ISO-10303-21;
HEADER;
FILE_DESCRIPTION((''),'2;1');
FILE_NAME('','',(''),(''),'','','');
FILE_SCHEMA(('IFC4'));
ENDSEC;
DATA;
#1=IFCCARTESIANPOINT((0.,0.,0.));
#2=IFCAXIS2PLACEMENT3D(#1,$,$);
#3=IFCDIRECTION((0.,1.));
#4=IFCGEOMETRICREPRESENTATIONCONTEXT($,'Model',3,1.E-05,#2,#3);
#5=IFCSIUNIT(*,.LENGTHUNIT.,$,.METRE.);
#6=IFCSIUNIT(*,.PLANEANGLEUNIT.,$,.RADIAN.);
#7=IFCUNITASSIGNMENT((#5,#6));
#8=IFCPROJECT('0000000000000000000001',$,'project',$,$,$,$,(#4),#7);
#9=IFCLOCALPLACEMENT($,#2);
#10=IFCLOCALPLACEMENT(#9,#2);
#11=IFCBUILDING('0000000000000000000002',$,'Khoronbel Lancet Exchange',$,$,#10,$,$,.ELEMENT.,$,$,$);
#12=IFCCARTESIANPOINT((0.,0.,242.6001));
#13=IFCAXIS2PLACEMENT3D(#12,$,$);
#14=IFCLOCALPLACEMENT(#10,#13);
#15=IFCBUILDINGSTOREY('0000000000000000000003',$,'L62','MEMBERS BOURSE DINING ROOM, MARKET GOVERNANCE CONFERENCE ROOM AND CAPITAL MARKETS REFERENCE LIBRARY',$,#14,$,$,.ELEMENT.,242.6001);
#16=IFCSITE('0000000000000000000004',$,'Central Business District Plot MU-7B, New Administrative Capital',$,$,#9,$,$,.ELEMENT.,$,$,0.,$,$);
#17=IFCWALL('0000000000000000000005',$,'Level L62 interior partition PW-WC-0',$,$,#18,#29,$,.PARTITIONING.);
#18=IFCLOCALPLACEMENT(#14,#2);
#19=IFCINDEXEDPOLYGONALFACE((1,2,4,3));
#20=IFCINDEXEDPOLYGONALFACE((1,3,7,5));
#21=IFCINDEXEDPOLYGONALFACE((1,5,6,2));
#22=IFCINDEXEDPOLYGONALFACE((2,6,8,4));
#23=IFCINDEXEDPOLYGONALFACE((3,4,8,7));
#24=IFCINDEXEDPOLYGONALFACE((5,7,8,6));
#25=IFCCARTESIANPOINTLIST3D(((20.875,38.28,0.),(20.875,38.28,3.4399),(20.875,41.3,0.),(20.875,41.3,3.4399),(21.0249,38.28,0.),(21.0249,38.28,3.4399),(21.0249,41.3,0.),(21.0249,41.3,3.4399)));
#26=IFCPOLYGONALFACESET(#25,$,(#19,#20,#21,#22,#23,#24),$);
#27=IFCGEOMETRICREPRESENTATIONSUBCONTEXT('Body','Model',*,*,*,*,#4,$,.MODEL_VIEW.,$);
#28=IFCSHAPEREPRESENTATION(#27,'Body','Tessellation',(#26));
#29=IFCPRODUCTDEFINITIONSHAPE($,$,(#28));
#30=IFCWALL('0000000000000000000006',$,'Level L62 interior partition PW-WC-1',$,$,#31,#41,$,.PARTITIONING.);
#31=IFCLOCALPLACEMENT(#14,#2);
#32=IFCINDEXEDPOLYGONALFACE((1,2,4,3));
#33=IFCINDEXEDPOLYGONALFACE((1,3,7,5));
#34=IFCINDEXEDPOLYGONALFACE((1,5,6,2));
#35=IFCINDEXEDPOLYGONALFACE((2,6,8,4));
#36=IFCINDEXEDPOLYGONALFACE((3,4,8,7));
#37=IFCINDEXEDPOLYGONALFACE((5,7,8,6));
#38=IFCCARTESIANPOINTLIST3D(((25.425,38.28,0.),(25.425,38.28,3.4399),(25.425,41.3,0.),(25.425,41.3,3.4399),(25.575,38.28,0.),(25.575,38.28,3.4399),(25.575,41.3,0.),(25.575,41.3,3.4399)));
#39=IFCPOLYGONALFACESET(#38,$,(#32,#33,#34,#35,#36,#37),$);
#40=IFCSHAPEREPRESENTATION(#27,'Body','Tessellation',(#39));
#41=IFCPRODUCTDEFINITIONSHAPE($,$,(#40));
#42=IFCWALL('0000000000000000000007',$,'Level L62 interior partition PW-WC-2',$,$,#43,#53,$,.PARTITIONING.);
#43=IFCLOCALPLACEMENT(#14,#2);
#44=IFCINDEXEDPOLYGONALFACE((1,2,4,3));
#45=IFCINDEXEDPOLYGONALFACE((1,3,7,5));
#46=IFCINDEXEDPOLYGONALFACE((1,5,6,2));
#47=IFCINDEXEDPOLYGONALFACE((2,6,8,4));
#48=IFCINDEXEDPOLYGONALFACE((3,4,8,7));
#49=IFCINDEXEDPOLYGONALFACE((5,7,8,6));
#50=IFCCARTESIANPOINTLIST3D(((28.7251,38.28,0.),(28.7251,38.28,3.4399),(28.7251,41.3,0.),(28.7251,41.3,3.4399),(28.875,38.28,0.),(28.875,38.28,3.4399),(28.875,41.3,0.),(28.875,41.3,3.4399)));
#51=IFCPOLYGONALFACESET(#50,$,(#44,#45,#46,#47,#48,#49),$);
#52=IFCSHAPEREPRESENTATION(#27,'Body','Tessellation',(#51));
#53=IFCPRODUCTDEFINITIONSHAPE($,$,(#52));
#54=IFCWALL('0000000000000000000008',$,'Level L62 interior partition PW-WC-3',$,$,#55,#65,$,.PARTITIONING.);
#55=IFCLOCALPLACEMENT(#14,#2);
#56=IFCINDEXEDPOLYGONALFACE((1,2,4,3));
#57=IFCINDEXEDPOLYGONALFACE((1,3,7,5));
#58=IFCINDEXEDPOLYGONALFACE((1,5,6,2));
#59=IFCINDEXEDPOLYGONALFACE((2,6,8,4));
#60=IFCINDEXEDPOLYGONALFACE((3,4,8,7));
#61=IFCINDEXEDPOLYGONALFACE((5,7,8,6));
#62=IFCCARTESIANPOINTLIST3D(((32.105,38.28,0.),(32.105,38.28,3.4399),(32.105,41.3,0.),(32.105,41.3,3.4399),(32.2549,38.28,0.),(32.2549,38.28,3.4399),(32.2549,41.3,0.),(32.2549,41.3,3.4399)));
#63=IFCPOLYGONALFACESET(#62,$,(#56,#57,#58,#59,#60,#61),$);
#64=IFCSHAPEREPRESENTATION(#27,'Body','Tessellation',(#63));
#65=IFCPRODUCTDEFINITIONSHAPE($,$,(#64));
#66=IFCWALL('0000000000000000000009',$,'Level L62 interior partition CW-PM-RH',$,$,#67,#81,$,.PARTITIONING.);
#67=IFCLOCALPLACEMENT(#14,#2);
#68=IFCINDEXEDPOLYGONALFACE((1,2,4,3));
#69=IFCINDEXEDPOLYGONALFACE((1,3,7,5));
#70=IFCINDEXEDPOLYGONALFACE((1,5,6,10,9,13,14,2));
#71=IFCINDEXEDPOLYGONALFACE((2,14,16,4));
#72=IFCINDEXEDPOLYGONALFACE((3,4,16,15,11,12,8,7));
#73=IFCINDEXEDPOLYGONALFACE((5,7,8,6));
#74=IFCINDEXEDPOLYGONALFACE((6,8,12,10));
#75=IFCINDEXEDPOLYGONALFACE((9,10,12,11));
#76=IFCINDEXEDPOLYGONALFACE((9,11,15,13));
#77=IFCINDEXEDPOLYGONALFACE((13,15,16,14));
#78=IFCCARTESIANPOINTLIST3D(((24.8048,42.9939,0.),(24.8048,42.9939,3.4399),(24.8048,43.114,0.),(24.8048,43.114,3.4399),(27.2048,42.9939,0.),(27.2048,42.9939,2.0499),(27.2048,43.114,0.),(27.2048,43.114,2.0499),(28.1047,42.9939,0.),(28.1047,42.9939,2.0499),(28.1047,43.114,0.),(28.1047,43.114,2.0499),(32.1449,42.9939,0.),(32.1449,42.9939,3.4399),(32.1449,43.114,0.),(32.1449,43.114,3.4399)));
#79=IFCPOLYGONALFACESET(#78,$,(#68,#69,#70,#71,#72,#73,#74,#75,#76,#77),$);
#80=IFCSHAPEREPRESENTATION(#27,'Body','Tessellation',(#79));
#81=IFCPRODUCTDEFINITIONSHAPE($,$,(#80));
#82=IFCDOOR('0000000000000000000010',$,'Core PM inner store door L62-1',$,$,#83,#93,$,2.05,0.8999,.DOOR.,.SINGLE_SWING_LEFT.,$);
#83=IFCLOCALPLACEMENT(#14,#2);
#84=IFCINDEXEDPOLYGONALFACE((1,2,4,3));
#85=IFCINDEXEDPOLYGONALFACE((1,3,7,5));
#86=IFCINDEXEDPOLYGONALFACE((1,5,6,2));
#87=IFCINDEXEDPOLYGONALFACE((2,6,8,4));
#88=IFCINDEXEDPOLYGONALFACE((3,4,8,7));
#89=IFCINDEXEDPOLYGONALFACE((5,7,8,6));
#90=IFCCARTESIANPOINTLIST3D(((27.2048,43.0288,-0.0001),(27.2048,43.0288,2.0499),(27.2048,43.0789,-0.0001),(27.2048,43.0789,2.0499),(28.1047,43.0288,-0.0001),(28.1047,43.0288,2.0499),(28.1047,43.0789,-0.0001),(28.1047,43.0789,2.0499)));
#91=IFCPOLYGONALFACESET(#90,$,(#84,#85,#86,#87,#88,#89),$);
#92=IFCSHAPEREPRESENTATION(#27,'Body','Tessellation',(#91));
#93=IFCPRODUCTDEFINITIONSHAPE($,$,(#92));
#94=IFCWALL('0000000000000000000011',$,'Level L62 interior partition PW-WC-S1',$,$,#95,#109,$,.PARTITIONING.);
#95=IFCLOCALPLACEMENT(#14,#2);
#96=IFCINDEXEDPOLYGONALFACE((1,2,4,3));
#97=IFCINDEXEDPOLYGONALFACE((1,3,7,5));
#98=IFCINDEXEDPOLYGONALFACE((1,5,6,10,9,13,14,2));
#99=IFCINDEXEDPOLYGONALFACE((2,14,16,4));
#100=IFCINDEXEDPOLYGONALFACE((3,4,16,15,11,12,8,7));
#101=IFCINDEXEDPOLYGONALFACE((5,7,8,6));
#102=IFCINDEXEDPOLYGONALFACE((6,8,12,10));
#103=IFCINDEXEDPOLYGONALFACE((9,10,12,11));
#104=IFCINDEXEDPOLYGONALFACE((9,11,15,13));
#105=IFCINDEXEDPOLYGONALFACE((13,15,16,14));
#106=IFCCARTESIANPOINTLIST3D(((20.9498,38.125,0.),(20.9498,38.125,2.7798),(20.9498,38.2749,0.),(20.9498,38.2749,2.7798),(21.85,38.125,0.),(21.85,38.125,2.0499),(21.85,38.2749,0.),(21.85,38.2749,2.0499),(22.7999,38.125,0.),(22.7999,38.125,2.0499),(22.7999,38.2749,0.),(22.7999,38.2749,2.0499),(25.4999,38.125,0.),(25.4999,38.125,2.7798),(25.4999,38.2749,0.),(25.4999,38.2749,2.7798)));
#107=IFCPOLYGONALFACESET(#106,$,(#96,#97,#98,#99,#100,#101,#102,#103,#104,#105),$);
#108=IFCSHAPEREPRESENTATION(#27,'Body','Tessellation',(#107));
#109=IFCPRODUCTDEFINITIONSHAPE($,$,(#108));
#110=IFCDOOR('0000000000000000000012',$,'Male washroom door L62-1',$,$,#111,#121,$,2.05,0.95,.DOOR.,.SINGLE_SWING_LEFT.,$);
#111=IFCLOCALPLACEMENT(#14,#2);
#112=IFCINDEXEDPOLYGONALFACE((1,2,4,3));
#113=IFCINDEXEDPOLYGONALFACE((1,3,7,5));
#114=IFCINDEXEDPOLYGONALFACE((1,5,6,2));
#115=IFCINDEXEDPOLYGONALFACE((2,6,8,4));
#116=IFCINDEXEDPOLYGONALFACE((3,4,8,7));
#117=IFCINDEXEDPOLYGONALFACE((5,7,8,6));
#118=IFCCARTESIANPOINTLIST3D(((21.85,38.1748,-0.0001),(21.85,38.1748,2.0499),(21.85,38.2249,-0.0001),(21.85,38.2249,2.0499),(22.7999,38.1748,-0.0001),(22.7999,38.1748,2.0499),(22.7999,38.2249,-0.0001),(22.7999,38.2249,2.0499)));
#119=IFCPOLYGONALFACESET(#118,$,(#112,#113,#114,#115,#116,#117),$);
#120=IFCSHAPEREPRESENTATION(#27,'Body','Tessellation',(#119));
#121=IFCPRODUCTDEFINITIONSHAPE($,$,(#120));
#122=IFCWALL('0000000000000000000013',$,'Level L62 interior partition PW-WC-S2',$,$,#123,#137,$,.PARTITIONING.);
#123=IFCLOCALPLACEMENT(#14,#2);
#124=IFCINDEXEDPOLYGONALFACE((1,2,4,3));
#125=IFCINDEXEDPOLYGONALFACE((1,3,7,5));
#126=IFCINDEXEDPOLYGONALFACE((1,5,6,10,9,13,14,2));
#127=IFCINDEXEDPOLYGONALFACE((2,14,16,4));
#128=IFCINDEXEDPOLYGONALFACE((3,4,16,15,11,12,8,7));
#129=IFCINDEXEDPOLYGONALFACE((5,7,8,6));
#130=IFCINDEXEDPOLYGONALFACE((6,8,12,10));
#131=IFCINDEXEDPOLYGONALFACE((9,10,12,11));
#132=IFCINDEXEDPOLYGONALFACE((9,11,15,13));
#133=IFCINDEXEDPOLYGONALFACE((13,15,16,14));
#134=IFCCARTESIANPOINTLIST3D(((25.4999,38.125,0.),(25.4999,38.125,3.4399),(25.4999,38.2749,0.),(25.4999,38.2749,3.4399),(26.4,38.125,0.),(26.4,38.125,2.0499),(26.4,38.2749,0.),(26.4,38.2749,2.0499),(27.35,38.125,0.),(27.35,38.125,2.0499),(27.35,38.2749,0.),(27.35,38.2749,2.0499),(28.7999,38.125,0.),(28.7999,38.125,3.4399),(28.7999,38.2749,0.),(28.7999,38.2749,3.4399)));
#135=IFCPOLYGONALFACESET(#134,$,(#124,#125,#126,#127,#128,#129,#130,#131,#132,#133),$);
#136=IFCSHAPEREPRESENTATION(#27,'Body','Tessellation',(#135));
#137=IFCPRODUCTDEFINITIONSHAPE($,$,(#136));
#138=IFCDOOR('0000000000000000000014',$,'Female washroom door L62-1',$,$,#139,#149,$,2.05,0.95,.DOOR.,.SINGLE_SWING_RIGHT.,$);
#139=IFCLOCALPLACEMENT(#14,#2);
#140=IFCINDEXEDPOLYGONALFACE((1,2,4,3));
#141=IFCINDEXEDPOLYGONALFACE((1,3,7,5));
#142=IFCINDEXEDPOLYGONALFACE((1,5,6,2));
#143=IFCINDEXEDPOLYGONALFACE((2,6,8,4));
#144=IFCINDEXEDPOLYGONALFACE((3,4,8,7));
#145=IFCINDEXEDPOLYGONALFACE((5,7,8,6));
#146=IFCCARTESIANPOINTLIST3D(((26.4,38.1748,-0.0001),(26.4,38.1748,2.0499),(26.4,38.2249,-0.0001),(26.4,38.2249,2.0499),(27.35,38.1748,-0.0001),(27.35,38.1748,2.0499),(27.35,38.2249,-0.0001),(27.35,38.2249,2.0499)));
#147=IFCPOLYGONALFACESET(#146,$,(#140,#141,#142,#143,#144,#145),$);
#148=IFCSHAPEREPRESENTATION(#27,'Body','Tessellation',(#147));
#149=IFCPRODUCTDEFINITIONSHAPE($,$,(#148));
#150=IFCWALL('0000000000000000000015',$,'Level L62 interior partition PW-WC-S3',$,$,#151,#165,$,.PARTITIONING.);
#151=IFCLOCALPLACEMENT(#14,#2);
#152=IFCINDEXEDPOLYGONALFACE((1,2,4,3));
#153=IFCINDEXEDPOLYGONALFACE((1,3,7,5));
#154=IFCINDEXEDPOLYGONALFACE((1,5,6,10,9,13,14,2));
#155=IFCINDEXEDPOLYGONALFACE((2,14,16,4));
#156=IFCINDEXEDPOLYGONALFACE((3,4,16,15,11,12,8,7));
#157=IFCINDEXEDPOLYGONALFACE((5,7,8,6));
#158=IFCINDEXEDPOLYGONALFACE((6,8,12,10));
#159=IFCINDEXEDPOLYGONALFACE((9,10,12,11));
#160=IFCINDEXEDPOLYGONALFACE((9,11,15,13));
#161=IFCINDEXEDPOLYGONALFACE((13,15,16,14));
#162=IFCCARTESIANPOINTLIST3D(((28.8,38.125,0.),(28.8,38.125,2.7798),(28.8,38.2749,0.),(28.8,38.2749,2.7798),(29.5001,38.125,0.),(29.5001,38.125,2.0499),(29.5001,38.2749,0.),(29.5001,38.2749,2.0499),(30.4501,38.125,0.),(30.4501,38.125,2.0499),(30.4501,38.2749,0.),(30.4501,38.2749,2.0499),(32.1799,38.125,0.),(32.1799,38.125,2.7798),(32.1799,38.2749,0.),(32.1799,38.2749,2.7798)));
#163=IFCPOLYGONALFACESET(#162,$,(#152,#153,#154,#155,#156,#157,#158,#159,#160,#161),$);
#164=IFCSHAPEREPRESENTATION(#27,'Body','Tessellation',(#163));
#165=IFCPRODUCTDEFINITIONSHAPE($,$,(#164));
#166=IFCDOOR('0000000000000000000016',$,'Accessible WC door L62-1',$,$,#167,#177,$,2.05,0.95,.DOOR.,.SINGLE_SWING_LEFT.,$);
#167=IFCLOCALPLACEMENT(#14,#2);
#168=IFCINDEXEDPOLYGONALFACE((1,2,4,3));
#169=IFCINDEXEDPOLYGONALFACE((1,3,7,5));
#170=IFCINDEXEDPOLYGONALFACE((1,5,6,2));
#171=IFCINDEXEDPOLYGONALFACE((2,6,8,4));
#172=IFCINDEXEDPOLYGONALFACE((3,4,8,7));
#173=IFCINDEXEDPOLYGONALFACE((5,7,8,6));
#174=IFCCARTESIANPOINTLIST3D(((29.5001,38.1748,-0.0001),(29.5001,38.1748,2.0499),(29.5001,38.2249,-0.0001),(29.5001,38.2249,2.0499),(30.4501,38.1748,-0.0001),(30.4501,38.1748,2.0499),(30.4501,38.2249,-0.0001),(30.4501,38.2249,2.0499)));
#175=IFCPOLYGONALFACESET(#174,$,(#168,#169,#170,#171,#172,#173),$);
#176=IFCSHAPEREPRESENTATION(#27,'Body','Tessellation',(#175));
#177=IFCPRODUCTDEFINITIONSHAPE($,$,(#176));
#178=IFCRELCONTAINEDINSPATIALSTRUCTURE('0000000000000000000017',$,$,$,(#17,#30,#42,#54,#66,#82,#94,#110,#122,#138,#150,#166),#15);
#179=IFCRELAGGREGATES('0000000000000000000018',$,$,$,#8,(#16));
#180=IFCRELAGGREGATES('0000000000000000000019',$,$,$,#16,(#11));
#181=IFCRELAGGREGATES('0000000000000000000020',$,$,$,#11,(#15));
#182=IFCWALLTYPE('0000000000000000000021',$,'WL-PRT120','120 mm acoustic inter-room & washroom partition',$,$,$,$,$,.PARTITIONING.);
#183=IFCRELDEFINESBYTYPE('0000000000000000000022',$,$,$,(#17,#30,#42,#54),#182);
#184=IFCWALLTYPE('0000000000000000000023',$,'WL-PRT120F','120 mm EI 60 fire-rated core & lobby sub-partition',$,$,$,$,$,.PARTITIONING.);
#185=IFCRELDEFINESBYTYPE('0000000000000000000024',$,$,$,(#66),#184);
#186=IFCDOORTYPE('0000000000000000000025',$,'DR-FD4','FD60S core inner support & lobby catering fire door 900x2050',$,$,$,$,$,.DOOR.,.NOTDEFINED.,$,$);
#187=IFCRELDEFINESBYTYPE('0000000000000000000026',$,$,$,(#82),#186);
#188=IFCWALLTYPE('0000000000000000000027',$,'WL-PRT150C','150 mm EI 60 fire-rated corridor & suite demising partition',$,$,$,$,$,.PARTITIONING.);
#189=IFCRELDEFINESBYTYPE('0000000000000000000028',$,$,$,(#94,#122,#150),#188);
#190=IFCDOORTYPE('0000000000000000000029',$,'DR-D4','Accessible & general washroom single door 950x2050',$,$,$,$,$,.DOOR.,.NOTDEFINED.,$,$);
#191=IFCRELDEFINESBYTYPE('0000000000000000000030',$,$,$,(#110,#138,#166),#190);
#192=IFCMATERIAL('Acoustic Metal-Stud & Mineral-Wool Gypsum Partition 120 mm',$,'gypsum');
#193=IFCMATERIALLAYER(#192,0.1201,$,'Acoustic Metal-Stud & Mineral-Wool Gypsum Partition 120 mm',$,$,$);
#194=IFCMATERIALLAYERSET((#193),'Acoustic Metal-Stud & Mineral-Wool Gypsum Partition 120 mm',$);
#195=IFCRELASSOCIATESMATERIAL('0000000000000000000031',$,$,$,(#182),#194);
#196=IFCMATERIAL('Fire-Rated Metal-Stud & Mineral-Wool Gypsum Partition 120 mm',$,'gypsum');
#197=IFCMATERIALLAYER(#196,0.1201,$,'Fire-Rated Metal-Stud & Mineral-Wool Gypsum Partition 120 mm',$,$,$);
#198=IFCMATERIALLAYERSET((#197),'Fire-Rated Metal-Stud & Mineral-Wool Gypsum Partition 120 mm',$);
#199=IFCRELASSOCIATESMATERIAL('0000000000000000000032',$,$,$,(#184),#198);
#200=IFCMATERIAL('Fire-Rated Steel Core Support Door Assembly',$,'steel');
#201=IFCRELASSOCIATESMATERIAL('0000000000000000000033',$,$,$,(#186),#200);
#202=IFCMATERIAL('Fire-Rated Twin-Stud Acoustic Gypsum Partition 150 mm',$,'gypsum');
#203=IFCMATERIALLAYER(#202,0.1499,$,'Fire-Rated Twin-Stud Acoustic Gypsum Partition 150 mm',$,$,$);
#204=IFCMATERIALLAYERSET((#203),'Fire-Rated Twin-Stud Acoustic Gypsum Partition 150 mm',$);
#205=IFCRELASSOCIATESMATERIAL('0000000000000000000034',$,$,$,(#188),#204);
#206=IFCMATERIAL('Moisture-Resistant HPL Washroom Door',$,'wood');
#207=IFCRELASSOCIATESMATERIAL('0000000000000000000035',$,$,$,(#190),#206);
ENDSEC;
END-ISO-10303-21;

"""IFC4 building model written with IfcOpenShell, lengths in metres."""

from ifc_helpers import new_model, si_unit, direction, frame, frame_2d, origin, place, context, subcontext, project, spatial, rectangle, extrude, material, layer, layer_set, type_object, element, fill, save


model = new_model("IFC4")

# Units and contexts
model_context = context("Model", 3, precision=1e-05, world=origin(), true_north=direction((0.0, 1.0)))
body_context = subcontext(model_context, "Body", "Model", "MODEL_VIEW")
ifc_project = project(units=[si_unit("LENGTHUNIT", "METRE"), si_unit("PLANEANGLEUNIT", "RADIAN")], contexts=[model_context])

# Site, building, storey
site_placement = place(None, origin())
site = spatial("IfcSite", under=ifc_project, at=site_placement, Name="Central Business District Plot MU-7B, New Administrative Capital", CompositionType="ELEMENT", RefElevation=0.0)
building_placement = place(site_placement, origin())
building = spatial("IfcBuilding", under=site, at=building_placement, Name="Khoronbel Lancet Exchange", CompositionType="ELEMENT")
storey_placement = place(building_placement, frame((0.0, 0.0, 242.6001)))
storey = spatial("IfcBuildingStorey", under=building, at=storey_placement, Name="L62", Description="MEMBERS BOURSE DINING ROOM, MARKET GOVERNANCE CONFERENCE ROOM AND CAPITAL MARKETS REFERENCE LIBRARY", CompositionType="ELEMENT", Elevation=242.6001)

# Walls
ifc_material_1 = material(Name="Acoustic Metal-Stud & Mineral-Wool Gypsum Partition 120 mm", Category="gypsum")
ifc_layer_1 = layer(ifc_material_1, 0.1201, Name="Acoustic Metal-Stud & Mineral-Wool Gypsum Partition 120 mm")
ifc_layer_set_1 = layer_set([ifc_layer_1], Name="Acoustic Metal-Stud & Mineral-Wool Gypsum Partition 120 mm")
wall_type_1 = type_object("IfcWallType", Name="WL-PRT120", Description="120 mm acoustic inter-room & washroom partition", PredefinedType="PARTITIONING", material=ifc_layer_set_1)
for number, where, z_axis, x_axis, name in (
    (1, (20.95, 38.28, 0.0), (0.0, 0.0, 1.0), (0.0, 1.0, 0.0), "Level L62 interior partition PW-WC-0"),
    (2, (25.5, 38.28, 0.0), (0.0, 0.0, 1.0), (0.0, 1.0, 0.0), "Level L62 interior partition PW-WC-1"),
    (3, (28.8, 38.28, 0.0), (0.0, 0.0, 1.0), (0.0, 1.0, 0.0), "Level L62 interior partition PW-WC-2"),
    (4, (32.1799, 38.28, 0.0), (0.0, 0.0, 1.0), (0.0, 1.0, 0.0), "Level L62 interior partition PW-WC-3"),
):
    element("IfcWall", number, at=place(storey_placement, frame(where, z_axis=z_axis, x_axis=x_axis)), inside=storey, type_object=wall_type_1, Name=name, PredefinedType="PARTITIONING", context=body_context, shape_type="SweptSolid", body=[
        extrude(rectangle(XDim=3.02, YDim=0.1499, at=frame_2d((1.51, 0.0))), origin(), (0.0, 0.0, 1.0), 3.4399),
    ])

# Walls, openings, doors
ifc_material_2 = material(Name="Fire-Rated Metal-Stud & Mineral-Wool Gypsum Partition 120 mm", Category="gypsum")
ifc_layer_2 = layer(ifc_material_2, 0.1201, Name="Fire-Rated Metal-Stud & Mineral-Wool Gypsum Partition 120 mm")
ifc_layer_set_2 = layer_set([ifc_layer_2], Name="Fire-Rated Metal-Stud & Mineral-Wool Gypsum Partition 120 mm")
wall_type_2 = type_object("IfcWallType", Name="WL-PRT120F", Description="120 mm EI 60 fire-rated core & lobby sub-partition", PredefinedType="PARTITIONING", material=ifc_layer_set_2)
wall_1_placement = place(storey_placement, frame((24.8049, 43.054, 0.0), z_axis=(0.0, 0.0, 1.0), x_axis=(1.0, 0.0, 0.0)))
wall_1 = element("IfcWall", 5, at=wall_1_placement, inside=storey, type_object=wall_type_2, Name="Level L62 interior partition CW-PM-RH", PredefinedType="PARTITIONING", context=body_context, shape_type="SweptSolid", body=[
    extrude(rectangle(XDim=7.3401, YDim=0.1201, at=frame_2d((3.6699, 0.0))), origin(), (0.0, 0.0, 1.0), 3.4399),
])
opening_1_placement = place(wall_1_placement, frame((2.3999, 0.0, 0.0)))
opening_1 = element("IfcOpeningElement", 6, at=opening_1_placement, cuts=wall_1, PredefinedType="OPENING", context=body_context, shape_type="SweptSolid", body=[
    extrude(rectangle(XDim=0.8999, YDim=2.05, at=frame_2d((0.45, 1.0249))), frame((0.0, 0.0701, 0.0), z_axis=(0.0, -1.0, 0.0), x_axis=(1.0, 0.0, 0.0)), (0.0, 0.0, 1.0), 0.1401),
])
ifc_material_3 = material(Name="Fire-Rated Steel Core Support Door Assembly", Category="steel")
door_type_1 = type_object("IfcDoorType", Name="DR-FD4", Description="FD60S core inner support & lobby catering fire door 900x2050", OperationType="NOTDEFINED", PredefinedType="DOOR", material=ifc_material_3)
door_1_placement = place(opening_1_placement, origin())
door_1 = element("IfcDoor", 7, at=door_1_placement, inside=storey, type_object=door_type_1, Name="Core PM inner store door L62-1", OperationType="SINGLE_SWING_LEFT", OverallHeight=2.05, OverallWidth=0.8999, PredefinedType="DOOR", context=body_context, shape_type="SweptSolid", body=[
    extrude(rectangle(XDim=0.8999, YDim=2.05, at=frame_2d((0.45, 1.0249))), frame((0.0, 0.0249, 0.0), z_axis=(0.0, -1.0, 0.0), x_axis=(1.0, 0.0, 0.0)), (0.0, 0.0, 1.0), 0.05),
])
fill(opening_1, door_1)
ifc_material_4 = material(Name="Fire-Rated Twin-Stud Acoustic Gypsum Partition 150 mm", Category="gypsum")
ifc_layer_3 = layer(ifc_material_4, 0.1499, Name="Fire-Rated Twin-Stud Acoustic Gypsum Partition 150 mm")
ifc_layer_set_3 = layer_set([ifc_layer_3], Name="Fire-Rated Twin-Stud Acoustic Gypsum Partition 150 mm")
wall_type_3 = type_object("IfcWallType", Name="WL-PRT150C", Description="150 mm EI 60 fire-rated corridor & suite demising partition", PredefinedType="PARTITIONING", material=ifc_layer_set_3)
wall_2_placement = place(storey_placement, frame((20.95, 38.2, 0.0), z_axis=(0.0, 0.0, 1.0), x_axis=(1.0, 0.0, 0.0)))
wall_2 = element("IfcWall", 8, at=wall_2_placement, inside=storey, type_object=wall_type_3, Name="Level L62 interior partition PW-WC-S1", PredefinedType="PARTITIONING", context=body_context, shape_type="SweptSolid", body=[
    extrude(rectangle(XDim=4.55, YDim=0.1499, at=frame_2d((2.2749, 0.0))), origin(), (0.0, 0.0, 1.0), 2.7798),
])
opening_2_placement = place(wall_2_placement, frame((0.8999, 0.0, 0.0)))
opening_2 = element("IfcOpeningElement", 9, at=opening_2_placement, cuts=wall_2, PredefinedType="OPENING", context=body_context, shape_type="SweptSolid", body=[
    extrude(rectangle(XDim=0.95, YDim=2.05, at=frame_2d((0.4751, 1.0249))), frame((0.0, 0.085, 0.0), z_axis=(0.0, -1.0, 0.0), x_axis=(1.0, 0.0, 0.0)), (0.0, 0.0, 1.0), 0.1699),
])
ifc_material_5 = material(Name="Moisture-Resistant HPL Washroom Door", Category="wood")
door_type_2 = type_object("IfcDoorType", Name="DR-D4", Description="Accessible & general washroom single door 950x2050", OperationType="NOTDEFINED", PredefinedType="DOOR", material=ifc_material_5)
door_2_placement = place(opening_2_placement, origin())
door_2 = element("IfcDoor", 10, at=door_2_placement, inside=storey, type_object=door_type_2, Name="Male washroom door L62-1", OperationType="SINGLE_SWING_LEFT", OverallHeight=2.05, OverallWidth=0.95, PredefinedType="DOOR", context=body_context, shape_type="SweptSolid", body=[
    extrude(rectangle(XDim=0.95, YDim=2.05, at=frame_2d((0.4751, 1.0249))), frame((0.0, 0.0249, 0.0), z_axis=(0.0, -1.0, 0.0), x_axis=(1.0, 0.0, 0.0)), (0.0, 0.0, 1.0), 0.05),
])
fill(opening_2, door_2)
wall_3_placement = place(storey_placement, frame((25.5, 38.2, 0.0), z_axis=(0.0, 0.0, 1.0), x_axis=(1.0, 0.0, 0.0)))
wall_3 = element("IfcWall", 11, at=wall_3_placement, inside=storey, type_object=wall_type_3, Name="Level L62 interior partition PW-WC-S2", PredefinedType="PARTITIONING", context=body_context, shape_type="SweptSolid", body=[
    extrude(rectangle(XDim=3.3, YDim=0.1499, at=frame_2d((1.6499, 0.0))), origin(), (0.0, 0.0, 1.0), 3.4399),
])
opening_3_placement = place(wall_3_placement, frame((0.8999, 0.0, 0.0)))
opening_3 = element("IfcOpeningElement", 12, at=opening_3_placement, cuts=wall_3, PredefinedType="OPENING", context=body_context, shape_type="SweptSolid", body=[
    extrude(rectangle(XDim=0.95, YDim=2.05, at=frame_2d((0.4751, 1.0249))), frame((0.0, 0.085, 0.0), z_axis=(0.0, -1.0, 0.0), x_axis=(1.0, 0.0, 0.0)), (0.0, 0.0, 1.0), 0.1699),
])
door_3_placement = place(opening_3_placement, origin())
door_3 = element("IfcDoor", 13, at=door_3_placement, inside=storey, type_object=door_type_2, Name="Female washroom door L62-1", OperationType="SINGLE_SWING_RIGHT", OverallHeight=2.05, OverallWidth=0.95, PredefinedType="DOOR", context=body_context, shape_type="SweptSolid", body=[
    extrude(rectangle(XDim=0.95, YDim=2.05, at=frame_2d((0.4751, 1.0249))), frame((0.0, 0.0249, 0.0), z_axis=(0.0, -1.0, 0.0), x_axis=(1.0, 0.0, 0.0)), (0.0, 0.0, 1.0), 0.05),
])
fill(opening_3, door_3)
wall_4_placement = place(storey_placement, frame((28.8, 38.2, 0.0), z_axis=(0.0, 0.0, 1.0), x_axis=(1.0, 0.0, 0.0)))
wall_4 = element("IfcWall", 14, at=wall_4_placement, inside=storey, type_object=wall_type_3, Name="Level L62 interior partition PW-WC-S3", PredefinedType="PARTITIONING", context=body_context, shape_type="SweptSolid", body=[
    extrude(rectangle(XDim=3.3799, YDim=0.1499, at=frame_2d((1.6899, 0.0))), origin(), (0.0, 0.0, 1.0), 2.7798),
])
opening_4_placement = place(wall_4_placement, frame((0.7, 0.0, 0.0)))
opening_4 = element("IfcOpeningElement", 15, at=opening_4_placement, cuts=wall_4, PredefinedType="OPENING", context=body_context, shape_type="SweptSolid", body=[
    extrude(rectangle(XDim=0.95, YDim=2.05, at=frame_2d((0.4751, 1.0249))), frame((0.0, 0.085, 0.0), z_axis=(0.0, -1.0, 0.0), x_axis=(1.0, 0.0, 0.0)), (0.0, 0.0, 1.0), 0.1699),
])
door_4_placement = place(opening_4_placement, origin())
door_4 = element("IfcDoor", 16, at=door_4_placement, inside=storey, type_object=door_type_2, Name="Accessible WC door L62-1", OperationType="SINGLE_SWING_LEFT", OverallHeight=2.05, OverallWidth=0.95, PredefinedType="DOOR", context=body_context, shape_type="SweptSolid", body=[
    extrude(rectangle(XDim=0.95, YDim=2.05, at=frame_2d((0.4751, 1.0249))), frame((0.0, 0.0249, 0.0), z_axis=(0.0, -1.0, 0.0), x_axis=(1.0, 0.0, 0.0)), (0.0, 0.0, 1.0), 0.05),
])
fill(opening_4, door_4)

save(model, "model.ifc")
